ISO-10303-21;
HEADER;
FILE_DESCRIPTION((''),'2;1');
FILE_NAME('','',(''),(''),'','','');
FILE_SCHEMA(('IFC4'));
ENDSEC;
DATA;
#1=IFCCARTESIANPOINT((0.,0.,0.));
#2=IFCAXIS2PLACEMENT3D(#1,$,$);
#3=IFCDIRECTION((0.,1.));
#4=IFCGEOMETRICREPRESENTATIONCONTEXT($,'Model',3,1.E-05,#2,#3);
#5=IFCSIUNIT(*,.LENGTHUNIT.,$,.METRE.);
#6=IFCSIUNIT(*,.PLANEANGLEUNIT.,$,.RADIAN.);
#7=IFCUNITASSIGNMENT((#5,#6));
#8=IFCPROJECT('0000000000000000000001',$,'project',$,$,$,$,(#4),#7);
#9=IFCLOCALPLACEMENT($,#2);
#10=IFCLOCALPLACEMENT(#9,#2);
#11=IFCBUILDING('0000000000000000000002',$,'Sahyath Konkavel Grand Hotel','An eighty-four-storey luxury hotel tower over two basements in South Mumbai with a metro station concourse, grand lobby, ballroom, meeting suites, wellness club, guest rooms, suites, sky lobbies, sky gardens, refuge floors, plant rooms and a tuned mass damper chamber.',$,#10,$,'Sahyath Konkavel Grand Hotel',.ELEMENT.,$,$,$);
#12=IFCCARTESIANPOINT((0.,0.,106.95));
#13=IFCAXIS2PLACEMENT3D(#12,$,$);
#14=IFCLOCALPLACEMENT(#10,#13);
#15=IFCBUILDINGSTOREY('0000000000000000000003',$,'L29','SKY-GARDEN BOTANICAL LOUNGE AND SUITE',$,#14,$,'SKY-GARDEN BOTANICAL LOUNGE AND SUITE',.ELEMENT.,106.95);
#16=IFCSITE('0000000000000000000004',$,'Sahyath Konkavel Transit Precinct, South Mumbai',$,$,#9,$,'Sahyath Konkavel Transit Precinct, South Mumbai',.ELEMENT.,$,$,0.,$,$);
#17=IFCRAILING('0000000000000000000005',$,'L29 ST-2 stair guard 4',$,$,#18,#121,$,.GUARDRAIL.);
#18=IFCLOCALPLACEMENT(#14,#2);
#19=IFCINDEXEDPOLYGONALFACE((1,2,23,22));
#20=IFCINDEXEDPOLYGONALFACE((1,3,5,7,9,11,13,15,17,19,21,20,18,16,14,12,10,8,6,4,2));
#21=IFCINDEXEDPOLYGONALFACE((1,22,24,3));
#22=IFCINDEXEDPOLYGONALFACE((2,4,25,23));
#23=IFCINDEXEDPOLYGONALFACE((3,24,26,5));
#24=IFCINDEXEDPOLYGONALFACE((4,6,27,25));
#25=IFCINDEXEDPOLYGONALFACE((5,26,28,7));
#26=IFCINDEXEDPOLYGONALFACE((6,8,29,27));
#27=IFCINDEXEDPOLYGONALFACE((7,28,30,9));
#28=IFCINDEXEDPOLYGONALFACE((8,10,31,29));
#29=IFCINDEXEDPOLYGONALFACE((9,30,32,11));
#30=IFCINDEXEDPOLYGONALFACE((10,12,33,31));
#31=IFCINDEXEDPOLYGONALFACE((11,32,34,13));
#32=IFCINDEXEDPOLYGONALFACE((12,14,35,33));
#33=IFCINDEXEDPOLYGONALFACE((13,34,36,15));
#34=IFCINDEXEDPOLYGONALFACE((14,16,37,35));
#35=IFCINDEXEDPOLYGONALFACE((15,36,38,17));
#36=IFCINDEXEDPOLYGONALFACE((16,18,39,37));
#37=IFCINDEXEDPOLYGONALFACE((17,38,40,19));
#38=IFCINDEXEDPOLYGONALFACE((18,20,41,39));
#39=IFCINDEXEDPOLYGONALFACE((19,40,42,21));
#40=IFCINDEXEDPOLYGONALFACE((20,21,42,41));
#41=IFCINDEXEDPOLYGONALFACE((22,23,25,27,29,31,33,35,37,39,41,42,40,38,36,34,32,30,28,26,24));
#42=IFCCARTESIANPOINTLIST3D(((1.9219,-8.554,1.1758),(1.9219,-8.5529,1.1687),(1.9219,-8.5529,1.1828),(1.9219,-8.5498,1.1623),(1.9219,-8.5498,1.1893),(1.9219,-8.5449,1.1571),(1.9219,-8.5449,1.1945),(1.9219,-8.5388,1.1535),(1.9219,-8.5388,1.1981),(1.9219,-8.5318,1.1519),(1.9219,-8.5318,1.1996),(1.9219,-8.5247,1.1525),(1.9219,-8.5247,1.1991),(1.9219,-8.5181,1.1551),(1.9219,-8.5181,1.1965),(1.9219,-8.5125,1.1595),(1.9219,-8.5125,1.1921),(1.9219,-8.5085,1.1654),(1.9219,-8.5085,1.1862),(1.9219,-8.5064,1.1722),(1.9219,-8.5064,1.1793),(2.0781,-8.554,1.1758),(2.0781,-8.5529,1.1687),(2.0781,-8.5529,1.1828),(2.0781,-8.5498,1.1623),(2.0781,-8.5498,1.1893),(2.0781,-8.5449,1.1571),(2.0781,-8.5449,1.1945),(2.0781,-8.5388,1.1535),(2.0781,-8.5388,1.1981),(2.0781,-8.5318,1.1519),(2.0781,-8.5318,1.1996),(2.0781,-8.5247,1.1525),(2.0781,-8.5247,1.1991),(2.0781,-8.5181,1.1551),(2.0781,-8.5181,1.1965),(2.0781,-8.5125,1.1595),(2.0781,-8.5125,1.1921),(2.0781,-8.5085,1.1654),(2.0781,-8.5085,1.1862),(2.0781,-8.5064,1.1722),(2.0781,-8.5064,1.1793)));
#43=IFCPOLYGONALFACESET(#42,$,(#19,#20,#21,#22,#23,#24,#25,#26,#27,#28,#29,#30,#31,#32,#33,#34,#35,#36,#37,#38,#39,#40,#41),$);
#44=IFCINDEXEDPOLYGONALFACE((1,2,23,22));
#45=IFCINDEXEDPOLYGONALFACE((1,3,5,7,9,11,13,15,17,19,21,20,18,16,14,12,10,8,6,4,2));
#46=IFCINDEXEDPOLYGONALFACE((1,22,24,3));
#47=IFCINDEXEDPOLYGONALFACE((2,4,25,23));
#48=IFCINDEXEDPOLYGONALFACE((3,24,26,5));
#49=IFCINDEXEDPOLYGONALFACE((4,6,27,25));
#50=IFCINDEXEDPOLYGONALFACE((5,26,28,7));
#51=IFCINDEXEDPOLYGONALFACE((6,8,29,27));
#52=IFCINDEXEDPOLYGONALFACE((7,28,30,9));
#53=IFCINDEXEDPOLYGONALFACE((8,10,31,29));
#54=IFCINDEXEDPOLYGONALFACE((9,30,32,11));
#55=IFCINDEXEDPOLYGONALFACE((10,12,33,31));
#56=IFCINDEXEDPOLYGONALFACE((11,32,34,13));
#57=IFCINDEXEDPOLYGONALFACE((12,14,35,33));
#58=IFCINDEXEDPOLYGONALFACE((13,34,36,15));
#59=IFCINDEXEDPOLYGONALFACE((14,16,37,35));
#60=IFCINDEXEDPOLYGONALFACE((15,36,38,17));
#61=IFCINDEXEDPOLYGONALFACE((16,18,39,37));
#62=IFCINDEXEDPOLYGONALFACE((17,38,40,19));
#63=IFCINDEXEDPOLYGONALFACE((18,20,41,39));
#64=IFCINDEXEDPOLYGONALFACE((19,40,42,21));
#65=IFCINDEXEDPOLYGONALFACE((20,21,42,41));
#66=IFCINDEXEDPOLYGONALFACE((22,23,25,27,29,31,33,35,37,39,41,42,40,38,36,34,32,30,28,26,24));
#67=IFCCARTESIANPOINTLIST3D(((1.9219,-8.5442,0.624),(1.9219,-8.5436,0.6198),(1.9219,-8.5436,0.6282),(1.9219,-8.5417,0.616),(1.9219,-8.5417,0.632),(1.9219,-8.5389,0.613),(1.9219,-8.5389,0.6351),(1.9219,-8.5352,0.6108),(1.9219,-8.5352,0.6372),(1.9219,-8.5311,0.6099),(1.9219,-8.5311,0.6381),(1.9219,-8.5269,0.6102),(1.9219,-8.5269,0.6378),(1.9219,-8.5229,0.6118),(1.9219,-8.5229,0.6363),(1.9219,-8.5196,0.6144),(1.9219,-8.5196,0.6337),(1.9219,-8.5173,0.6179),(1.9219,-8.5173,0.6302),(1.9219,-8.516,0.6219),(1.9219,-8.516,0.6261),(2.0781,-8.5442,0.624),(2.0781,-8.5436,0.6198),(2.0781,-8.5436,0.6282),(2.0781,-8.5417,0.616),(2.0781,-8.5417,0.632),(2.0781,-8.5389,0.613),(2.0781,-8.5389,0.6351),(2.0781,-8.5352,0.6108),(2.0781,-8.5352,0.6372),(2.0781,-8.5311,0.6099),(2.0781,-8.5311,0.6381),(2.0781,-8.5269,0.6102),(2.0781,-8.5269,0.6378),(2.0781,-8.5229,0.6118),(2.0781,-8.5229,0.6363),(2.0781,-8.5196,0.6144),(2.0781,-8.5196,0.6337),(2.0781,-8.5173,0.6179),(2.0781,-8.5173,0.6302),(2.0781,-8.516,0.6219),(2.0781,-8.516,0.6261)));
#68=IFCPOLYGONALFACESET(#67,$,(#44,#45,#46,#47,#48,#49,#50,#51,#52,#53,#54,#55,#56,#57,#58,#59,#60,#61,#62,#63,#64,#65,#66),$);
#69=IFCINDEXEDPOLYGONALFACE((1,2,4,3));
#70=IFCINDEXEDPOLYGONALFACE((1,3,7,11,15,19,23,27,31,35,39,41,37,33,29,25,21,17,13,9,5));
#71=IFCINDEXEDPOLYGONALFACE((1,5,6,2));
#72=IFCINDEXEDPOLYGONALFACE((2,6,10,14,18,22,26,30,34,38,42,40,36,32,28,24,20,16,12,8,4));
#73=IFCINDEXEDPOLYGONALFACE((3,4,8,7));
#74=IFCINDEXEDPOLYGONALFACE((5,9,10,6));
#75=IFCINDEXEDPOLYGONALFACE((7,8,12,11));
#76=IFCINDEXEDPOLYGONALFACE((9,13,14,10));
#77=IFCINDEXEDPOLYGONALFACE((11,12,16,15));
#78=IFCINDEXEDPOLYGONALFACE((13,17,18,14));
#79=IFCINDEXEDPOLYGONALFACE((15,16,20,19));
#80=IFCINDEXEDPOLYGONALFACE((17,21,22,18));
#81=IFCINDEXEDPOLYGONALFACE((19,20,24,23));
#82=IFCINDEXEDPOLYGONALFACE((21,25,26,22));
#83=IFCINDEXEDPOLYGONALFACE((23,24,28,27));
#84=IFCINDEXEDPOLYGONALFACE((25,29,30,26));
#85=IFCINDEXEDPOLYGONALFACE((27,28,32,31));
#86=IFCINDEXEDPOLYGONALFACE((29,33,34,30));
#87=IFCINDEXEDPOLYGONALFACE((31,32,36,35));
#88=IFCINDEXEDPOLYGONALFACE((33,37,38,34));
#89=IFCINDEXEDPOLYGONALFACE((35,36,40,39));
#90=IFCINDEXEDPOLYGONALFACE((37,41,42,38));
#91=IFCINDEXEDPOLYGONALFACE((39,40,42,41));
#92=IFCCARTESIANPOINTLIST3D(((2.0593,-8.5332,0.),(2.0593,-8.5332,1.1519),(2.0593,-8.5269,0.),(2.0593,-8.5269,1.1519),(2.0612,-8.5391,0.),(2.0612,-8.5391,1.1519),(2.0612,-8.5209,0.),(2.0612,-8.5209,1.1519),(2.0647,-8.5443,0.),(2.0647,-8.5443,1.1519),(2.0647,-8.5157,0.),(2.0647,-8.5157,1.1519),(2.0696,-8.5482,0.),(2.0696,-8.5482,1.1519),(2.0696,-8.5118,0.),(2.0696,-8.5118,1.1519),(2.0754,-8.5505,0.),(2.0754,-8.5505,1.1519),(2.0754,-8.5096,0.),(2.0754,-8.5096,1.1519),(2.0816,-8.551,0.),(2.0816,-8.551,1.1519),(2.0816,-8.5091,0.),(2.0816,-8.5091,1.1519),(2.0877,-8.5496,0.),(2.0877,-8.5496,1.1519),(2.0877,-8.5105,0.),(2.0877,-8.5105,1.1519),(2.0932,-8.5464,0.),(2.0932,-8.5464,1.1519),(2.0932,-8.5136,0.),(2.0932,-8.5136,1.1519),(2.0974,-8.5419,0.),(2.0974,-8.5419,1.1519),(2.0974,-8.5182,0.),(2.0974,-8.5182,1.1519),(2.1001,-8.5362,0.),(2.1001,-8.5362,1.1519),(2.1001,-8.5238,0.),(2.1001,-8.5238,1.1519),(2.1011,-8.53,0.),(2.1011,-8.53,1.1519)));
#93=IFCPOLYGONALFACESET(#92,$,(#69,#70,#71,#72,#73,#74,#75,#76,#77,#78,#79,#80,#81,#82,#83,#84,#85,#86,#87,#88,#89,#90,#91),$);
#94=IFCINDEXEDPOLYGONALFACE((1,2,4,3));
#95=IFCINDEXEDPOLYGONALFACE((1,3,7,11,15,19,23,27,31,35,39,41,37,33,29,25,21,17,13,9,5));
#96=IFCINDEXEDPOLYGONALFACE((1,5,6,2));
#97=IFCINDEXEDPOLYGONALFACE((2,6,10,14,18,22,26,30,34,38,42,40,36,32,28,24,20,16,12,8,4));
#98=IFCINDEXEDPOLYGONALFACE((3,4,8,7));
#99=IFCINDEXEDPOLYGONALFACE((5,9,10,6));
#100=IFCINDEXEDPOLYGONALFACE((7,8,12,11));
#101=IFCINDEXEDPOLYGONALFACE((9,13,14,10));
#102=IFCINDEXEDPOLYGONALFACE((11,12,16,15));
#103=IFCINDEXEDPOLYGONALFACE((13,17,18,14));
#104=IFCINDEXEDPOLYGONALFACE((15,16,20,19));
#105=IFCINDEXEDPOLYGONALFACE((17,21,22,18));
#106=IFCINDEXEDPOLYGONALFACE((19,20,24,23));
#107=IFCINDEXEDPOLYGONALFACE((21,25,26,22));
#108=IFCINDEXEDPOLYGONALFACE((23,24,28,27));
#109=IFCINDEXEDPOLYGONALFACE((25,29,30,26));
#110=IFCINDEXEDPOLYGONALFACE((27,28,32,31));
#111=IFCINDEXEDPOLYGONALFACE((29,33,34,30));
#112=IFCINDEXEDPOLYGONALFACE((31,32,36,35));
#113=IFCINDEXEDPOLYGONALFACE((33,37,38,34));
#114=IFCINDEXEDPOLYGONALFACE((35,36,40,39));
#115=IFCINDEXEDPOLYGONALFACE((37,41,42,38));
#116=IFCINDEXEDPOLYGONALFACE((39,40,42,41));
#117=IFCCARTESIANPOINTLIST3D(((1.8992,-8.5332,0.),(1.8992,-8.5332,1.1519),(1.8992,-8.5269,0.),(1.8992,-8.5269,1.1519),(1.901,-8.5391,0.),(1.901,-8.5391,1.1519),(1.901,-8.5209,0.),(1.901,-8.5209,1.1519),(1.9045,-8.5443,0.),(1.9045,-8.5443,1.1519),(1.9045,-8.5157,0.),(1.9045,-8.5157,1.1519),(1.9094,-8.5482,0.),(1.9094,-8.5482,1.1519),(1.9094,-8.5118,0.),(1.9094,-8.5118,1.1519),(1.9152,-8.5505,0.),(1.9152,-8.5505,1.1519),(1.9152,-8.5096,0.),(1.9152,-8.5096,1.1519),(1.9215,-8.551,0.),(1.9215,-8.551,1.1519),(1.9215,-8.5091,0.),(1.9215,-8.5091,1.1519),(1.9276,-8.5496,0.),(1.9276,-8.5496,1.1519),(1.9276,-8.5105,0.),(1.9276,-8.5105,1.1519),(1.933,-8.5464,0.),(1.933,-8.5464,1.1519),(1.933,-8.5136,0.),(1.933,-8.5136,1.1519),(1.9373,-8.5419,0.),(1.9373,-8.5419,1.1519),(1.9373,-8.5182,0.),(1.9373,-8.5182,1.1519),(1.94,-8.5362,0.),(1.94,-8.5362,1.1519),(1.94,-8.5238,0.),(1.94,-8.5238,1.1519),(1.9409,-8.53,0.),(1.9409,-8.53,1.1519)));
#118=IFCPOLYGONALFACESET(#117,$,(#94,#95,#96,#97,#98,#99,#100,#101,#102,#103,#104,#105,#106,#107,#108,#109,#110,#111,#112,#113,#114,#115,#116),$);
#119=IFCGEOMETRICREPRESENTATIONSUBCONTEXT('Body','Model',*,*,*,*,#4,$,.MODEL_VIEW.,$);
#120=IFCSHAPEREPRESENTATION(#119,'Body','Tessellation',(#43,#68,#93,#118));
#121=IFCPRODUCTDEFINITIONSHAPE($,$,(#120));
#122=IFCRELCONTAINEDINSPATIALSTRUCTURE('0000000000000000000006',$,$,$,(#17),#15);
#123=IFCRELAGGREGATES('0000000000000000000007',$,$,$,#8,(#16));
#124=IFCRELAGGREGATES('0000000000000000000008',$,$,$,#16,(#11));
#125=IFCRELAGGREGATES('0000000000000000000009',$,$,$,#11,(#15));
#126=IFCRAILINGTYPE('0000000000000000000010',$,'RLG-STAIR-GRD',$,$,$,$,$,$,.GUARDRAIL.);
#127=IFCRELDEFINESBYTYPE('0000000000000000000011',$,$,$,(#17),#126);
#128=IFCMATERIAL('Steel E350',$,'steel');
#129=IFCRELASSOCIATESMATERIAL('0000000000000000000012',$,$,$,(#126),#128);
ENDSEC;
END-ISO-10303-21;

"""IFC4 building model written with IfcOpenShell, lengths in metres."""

from ifc_helpers import new_model, si_unit, direction, frame, origin, origin_2d, place, context, subcontext, project, spatial, circle, extrude, material, type_object, element, save


model = new_model("IFC4")

# Units and contexts
model_context = context("Model", 3, precision=1e-05, world=origin(), true_north=direction((0.0, 1.0)))
body_context = subcontext(model_context, "Body", "Model", "MODEL_VIEW")
ifc_project = project(units=[si_unit("LENGTHUNIT", "METRE"), si_unit("PLANEANGLEUNIT", "RADIAN")], contexts=[model_context])

# Site, building, storey
site_placement = place(None, origin())
site = spatial("IfcSite", under=ifc_project, at=site_placement, Name="Sahyath Konkavel Transit Precinct, South Mumbai", LongName="Sahyath Konkavel Transit Precinct, South Mumbai", CompositionType="ELEMENT", RefElevation=0.0)
building_placement = place(site_placement, origin())
building = spatial("IfcBuilding", under=site, at=building_placement, Name="Sahyath Konkavel Grand Hotel", Description="An eighty-four-storey luxury hotel tower over two basements in South Mumbai with a metro station concourse, grand lobby, ballroom, meeting suites, wellness club, guest rooms, suites, sky lobbies, sky gardens, refuge floors, plant rooms and a tuned mass damper chamber.", LongName="Sahyath Konkavel Grand Hotel", CompositionType="ELEMENT")
storey_placement = place(building_placement, frame((0.0, 0.0, 106.95)))
storey = spatial("IfcBuildingStorey", under=building, at=storey_placement, Name="L29", Description="SKY-GARDEN BOTANICAL LOUNGE AND SUITE", LongName="SKY-GARDEN BOTANICAL LOUNGE AND SUITE", CompositionType="ELEMENT", Elevation=106.95)

# Shared definitions
ifc_material_1 = material(Name="Steel E350", Category="steel")

# Railing
railing_type_1 = type_object("IfcRailingType", Name="RLG-STAIR-GRD", PredefinedType="GUARDRAIL", material=ifc_material_1)
railing_1_placement = place(storey_placement, frame((2.0801, -8.53, 0.0)))
element("IfcRailing", 1, at=railing_1_placement, inside=storey, type_object=railing_type_1, Name="L29 ST-2 stair guard 4", PredefinedType="GUARDRAIL", context=body_context, shape_type="SweptSolid", body=[
    extrude(circle(Radius=0.0239, at=origin_2d()), frame((-0.002, 0.0, 1.1758), z_axis=(-1.0, 0.0, 0.0), x_axis=(0.0, -1.0, 0.0)), (0.0, 0.0, 1.0), 0.1562),
    extrude(circle(Radius=0.0142, at=origin_2d()), frame((-0.002, 0.0, 0.624), z_axis=(-1.0, 0.0, 0.0), x_axis=(0.0, -1.0, 0.0)), (0.0, 0.0, 1.0), 0.1562),
    extrude(circle(Radius=0.021, at=origin_2d()), origin(), (0.0, 0.0, 1.0), 1.1519),
    extrude(circle(Radius=0.021, at=origin_2d()), frame((-0.1602, 0.0, 0.0)), (0.0, 0.0, 1.0), 1.1519),
])

save(model, "model.ifc")
